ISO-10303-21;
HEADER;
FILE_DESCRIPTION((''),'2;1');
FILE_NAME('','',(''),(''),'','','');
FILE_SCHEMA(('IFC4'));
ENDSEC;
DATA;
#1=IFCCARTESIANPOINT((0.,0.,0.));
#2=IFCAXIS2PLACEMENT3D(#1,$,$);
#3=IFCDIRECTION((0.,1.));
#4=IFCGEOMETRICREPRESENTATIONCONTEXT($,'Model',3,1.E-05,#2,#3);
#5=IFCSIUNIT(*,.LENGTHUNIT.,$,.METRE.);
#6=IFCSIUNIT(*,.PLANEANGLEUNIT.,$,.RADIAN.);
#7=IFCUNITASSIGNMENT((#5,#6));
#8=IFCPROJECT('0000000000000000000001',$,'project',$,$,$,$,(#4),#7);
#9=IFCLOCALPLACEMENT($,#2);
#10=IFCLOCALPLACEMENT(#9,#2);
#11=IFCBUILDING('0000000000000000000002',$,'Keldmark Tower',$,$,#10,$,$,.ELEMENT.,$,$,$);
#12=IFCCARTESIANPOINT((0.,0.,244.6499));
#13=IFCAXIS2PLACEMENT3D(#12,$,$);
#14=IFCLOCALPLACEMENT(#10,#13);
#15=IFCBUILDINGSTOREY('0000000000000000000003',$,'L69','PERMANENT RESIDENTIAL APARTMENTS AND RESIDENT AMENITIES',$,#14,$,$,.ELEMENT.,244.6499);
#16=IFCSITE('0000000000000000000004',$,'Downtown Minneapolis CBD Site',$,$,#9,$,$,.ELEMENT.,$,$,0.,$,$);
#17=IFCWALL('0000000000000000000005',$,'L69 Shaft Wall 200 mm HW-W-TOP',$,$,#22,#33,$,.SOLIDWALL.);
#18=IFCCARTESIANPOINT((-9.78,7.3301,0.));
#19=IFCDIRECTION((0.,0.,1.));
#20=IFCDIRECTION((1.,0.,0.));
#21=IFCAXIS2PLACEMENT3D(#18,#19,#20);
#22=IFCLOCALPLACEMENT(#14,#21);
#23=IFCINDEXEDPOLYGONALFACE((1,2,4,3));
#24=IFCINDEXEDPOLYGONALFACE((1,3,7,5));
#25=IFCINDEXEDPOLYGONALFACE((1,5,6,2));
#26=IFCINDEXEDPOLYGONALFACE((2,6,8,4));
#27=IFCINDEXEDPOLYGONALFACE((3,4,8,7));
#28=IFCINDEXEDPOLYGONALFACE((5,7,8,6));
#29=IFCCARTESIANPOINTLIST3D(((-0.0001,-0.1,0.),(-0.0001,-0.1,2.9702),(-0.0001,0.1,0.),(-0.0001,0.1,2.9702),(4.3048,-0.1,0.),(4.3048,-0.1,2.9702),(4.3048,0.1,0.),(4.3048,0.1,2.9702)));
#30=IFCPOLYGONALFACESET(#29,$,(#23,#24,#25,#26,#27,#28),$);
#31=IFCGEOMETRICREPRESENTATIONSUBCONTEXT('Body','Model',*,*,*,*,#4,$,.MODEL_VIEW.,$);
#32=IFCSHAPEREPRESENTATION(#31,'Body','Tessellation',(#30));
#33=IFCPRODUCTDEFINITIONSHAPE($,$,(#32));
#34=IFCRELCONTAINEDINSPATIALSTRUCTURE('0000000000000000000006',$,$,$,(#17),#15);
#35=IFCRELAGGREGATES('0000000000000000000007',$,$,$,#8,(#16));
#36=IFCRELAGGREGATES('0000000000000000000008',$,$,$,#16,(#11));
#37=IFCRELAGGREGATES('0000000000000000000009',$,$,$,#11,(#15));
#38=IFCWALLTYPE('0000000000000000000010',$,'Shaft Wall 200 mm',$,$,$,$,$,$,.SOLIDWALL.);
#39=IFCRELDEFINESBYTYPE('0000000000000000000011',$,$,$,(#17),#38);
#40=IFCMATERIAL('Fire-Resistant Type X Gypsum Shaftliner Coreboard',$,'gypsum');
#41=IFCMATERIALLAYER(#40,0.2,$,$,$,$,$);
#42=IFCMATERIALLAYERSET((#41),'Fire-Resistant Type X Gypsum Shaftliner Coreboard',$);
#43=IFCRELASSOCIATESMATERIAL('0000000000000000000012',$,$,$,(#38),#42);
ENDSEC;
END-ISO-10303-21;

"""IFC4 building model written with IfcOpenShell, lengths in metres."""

from ifc_helpers import new_model, si_unit, direction, frame, frame_2d, origin, place, context, subcontext, project, spatial, rectangle, extrude, material, layer, layer_set, type_object, element, save


model = new_model("IFC4")

# Units and contexts
model_context = context("Model", 3, precision=1e-05, world=origin(), true_north=direction((0.0, 1.0)))
body_context = subcontext(model_context, "Body", "Model", "MODEL_VIEW")
ifc_project = project(units=[si_unit("LENGTHUNIT", "METRE"), si_unit("PLANEANGLEUNIT", "RADIAN")], contexts=[model_context])

# Site, building, storey
site_placement = place(None, origin())
site = spatial("IfcSite", under=ifc_project, at=site_placement, Name="Downtown Minneapolis CBD Site", CompositionType="ELEMENT", RefElevation=0.0)
building_placement = place(site_placement, origin())
building = spatial("IfcBuilding", under=site, at=building_placement, Name="Keldmark Tower", CompositionType="ELEMENT")
storey_placement = place(building_placement, frame((0.0, 0.0, 244.6499)))
storey = spatial("IfcBuildingStorey", under=building, at=storey_placement, Name="L69", Description="PERMANENT RESIDENTIAL APARTMENTS AND RESIDENT AMENITIES", CompositionType="ELEMENT", Elevation=244.6499)

# Wall
ifc_material_1 = material(Name="Fire-Resistant Type X Gypsum Shaftliner Coreboard", Category="gypsum")
ifc_layer_1 = layer(ifc_material_1, 0.2)
ifc_layer_set_1 = layer_set([ifc_layer_1], Name="Fire-Resistant Type X Gypsum Shaftliner Coreboard")
wall_type_1 = type_object("IfcWallType", Name="Shaft Wall 200 mm", PredefinedType="SOLIDWALL", material=ifc_layer_set_1)
wall_1_placement = place(storey_placement, frame((-9.78, 7.3301, 0.0), z_axis=(0.0, 0.0, 1.0), x_axis=(1.0, 0.0, 0.0)))
element("IfcWall", 1, at=wall_1_placement, inside=storey, type_object=wall_type_1, Name="L69 Shaft Wall 200 mm HW-W-TOP", PredefinedType="SOLIDWALL", context=body_context, shape_type="SweptSolid", body=[
    extrude(rectangle(XDim=4.3049, YDim=0.2, at=frame_2d((2.1523, 0.0))), origin(), (0.0, 0.0, 1.0), 2.9702),
])

save(model, "model.ifc")
